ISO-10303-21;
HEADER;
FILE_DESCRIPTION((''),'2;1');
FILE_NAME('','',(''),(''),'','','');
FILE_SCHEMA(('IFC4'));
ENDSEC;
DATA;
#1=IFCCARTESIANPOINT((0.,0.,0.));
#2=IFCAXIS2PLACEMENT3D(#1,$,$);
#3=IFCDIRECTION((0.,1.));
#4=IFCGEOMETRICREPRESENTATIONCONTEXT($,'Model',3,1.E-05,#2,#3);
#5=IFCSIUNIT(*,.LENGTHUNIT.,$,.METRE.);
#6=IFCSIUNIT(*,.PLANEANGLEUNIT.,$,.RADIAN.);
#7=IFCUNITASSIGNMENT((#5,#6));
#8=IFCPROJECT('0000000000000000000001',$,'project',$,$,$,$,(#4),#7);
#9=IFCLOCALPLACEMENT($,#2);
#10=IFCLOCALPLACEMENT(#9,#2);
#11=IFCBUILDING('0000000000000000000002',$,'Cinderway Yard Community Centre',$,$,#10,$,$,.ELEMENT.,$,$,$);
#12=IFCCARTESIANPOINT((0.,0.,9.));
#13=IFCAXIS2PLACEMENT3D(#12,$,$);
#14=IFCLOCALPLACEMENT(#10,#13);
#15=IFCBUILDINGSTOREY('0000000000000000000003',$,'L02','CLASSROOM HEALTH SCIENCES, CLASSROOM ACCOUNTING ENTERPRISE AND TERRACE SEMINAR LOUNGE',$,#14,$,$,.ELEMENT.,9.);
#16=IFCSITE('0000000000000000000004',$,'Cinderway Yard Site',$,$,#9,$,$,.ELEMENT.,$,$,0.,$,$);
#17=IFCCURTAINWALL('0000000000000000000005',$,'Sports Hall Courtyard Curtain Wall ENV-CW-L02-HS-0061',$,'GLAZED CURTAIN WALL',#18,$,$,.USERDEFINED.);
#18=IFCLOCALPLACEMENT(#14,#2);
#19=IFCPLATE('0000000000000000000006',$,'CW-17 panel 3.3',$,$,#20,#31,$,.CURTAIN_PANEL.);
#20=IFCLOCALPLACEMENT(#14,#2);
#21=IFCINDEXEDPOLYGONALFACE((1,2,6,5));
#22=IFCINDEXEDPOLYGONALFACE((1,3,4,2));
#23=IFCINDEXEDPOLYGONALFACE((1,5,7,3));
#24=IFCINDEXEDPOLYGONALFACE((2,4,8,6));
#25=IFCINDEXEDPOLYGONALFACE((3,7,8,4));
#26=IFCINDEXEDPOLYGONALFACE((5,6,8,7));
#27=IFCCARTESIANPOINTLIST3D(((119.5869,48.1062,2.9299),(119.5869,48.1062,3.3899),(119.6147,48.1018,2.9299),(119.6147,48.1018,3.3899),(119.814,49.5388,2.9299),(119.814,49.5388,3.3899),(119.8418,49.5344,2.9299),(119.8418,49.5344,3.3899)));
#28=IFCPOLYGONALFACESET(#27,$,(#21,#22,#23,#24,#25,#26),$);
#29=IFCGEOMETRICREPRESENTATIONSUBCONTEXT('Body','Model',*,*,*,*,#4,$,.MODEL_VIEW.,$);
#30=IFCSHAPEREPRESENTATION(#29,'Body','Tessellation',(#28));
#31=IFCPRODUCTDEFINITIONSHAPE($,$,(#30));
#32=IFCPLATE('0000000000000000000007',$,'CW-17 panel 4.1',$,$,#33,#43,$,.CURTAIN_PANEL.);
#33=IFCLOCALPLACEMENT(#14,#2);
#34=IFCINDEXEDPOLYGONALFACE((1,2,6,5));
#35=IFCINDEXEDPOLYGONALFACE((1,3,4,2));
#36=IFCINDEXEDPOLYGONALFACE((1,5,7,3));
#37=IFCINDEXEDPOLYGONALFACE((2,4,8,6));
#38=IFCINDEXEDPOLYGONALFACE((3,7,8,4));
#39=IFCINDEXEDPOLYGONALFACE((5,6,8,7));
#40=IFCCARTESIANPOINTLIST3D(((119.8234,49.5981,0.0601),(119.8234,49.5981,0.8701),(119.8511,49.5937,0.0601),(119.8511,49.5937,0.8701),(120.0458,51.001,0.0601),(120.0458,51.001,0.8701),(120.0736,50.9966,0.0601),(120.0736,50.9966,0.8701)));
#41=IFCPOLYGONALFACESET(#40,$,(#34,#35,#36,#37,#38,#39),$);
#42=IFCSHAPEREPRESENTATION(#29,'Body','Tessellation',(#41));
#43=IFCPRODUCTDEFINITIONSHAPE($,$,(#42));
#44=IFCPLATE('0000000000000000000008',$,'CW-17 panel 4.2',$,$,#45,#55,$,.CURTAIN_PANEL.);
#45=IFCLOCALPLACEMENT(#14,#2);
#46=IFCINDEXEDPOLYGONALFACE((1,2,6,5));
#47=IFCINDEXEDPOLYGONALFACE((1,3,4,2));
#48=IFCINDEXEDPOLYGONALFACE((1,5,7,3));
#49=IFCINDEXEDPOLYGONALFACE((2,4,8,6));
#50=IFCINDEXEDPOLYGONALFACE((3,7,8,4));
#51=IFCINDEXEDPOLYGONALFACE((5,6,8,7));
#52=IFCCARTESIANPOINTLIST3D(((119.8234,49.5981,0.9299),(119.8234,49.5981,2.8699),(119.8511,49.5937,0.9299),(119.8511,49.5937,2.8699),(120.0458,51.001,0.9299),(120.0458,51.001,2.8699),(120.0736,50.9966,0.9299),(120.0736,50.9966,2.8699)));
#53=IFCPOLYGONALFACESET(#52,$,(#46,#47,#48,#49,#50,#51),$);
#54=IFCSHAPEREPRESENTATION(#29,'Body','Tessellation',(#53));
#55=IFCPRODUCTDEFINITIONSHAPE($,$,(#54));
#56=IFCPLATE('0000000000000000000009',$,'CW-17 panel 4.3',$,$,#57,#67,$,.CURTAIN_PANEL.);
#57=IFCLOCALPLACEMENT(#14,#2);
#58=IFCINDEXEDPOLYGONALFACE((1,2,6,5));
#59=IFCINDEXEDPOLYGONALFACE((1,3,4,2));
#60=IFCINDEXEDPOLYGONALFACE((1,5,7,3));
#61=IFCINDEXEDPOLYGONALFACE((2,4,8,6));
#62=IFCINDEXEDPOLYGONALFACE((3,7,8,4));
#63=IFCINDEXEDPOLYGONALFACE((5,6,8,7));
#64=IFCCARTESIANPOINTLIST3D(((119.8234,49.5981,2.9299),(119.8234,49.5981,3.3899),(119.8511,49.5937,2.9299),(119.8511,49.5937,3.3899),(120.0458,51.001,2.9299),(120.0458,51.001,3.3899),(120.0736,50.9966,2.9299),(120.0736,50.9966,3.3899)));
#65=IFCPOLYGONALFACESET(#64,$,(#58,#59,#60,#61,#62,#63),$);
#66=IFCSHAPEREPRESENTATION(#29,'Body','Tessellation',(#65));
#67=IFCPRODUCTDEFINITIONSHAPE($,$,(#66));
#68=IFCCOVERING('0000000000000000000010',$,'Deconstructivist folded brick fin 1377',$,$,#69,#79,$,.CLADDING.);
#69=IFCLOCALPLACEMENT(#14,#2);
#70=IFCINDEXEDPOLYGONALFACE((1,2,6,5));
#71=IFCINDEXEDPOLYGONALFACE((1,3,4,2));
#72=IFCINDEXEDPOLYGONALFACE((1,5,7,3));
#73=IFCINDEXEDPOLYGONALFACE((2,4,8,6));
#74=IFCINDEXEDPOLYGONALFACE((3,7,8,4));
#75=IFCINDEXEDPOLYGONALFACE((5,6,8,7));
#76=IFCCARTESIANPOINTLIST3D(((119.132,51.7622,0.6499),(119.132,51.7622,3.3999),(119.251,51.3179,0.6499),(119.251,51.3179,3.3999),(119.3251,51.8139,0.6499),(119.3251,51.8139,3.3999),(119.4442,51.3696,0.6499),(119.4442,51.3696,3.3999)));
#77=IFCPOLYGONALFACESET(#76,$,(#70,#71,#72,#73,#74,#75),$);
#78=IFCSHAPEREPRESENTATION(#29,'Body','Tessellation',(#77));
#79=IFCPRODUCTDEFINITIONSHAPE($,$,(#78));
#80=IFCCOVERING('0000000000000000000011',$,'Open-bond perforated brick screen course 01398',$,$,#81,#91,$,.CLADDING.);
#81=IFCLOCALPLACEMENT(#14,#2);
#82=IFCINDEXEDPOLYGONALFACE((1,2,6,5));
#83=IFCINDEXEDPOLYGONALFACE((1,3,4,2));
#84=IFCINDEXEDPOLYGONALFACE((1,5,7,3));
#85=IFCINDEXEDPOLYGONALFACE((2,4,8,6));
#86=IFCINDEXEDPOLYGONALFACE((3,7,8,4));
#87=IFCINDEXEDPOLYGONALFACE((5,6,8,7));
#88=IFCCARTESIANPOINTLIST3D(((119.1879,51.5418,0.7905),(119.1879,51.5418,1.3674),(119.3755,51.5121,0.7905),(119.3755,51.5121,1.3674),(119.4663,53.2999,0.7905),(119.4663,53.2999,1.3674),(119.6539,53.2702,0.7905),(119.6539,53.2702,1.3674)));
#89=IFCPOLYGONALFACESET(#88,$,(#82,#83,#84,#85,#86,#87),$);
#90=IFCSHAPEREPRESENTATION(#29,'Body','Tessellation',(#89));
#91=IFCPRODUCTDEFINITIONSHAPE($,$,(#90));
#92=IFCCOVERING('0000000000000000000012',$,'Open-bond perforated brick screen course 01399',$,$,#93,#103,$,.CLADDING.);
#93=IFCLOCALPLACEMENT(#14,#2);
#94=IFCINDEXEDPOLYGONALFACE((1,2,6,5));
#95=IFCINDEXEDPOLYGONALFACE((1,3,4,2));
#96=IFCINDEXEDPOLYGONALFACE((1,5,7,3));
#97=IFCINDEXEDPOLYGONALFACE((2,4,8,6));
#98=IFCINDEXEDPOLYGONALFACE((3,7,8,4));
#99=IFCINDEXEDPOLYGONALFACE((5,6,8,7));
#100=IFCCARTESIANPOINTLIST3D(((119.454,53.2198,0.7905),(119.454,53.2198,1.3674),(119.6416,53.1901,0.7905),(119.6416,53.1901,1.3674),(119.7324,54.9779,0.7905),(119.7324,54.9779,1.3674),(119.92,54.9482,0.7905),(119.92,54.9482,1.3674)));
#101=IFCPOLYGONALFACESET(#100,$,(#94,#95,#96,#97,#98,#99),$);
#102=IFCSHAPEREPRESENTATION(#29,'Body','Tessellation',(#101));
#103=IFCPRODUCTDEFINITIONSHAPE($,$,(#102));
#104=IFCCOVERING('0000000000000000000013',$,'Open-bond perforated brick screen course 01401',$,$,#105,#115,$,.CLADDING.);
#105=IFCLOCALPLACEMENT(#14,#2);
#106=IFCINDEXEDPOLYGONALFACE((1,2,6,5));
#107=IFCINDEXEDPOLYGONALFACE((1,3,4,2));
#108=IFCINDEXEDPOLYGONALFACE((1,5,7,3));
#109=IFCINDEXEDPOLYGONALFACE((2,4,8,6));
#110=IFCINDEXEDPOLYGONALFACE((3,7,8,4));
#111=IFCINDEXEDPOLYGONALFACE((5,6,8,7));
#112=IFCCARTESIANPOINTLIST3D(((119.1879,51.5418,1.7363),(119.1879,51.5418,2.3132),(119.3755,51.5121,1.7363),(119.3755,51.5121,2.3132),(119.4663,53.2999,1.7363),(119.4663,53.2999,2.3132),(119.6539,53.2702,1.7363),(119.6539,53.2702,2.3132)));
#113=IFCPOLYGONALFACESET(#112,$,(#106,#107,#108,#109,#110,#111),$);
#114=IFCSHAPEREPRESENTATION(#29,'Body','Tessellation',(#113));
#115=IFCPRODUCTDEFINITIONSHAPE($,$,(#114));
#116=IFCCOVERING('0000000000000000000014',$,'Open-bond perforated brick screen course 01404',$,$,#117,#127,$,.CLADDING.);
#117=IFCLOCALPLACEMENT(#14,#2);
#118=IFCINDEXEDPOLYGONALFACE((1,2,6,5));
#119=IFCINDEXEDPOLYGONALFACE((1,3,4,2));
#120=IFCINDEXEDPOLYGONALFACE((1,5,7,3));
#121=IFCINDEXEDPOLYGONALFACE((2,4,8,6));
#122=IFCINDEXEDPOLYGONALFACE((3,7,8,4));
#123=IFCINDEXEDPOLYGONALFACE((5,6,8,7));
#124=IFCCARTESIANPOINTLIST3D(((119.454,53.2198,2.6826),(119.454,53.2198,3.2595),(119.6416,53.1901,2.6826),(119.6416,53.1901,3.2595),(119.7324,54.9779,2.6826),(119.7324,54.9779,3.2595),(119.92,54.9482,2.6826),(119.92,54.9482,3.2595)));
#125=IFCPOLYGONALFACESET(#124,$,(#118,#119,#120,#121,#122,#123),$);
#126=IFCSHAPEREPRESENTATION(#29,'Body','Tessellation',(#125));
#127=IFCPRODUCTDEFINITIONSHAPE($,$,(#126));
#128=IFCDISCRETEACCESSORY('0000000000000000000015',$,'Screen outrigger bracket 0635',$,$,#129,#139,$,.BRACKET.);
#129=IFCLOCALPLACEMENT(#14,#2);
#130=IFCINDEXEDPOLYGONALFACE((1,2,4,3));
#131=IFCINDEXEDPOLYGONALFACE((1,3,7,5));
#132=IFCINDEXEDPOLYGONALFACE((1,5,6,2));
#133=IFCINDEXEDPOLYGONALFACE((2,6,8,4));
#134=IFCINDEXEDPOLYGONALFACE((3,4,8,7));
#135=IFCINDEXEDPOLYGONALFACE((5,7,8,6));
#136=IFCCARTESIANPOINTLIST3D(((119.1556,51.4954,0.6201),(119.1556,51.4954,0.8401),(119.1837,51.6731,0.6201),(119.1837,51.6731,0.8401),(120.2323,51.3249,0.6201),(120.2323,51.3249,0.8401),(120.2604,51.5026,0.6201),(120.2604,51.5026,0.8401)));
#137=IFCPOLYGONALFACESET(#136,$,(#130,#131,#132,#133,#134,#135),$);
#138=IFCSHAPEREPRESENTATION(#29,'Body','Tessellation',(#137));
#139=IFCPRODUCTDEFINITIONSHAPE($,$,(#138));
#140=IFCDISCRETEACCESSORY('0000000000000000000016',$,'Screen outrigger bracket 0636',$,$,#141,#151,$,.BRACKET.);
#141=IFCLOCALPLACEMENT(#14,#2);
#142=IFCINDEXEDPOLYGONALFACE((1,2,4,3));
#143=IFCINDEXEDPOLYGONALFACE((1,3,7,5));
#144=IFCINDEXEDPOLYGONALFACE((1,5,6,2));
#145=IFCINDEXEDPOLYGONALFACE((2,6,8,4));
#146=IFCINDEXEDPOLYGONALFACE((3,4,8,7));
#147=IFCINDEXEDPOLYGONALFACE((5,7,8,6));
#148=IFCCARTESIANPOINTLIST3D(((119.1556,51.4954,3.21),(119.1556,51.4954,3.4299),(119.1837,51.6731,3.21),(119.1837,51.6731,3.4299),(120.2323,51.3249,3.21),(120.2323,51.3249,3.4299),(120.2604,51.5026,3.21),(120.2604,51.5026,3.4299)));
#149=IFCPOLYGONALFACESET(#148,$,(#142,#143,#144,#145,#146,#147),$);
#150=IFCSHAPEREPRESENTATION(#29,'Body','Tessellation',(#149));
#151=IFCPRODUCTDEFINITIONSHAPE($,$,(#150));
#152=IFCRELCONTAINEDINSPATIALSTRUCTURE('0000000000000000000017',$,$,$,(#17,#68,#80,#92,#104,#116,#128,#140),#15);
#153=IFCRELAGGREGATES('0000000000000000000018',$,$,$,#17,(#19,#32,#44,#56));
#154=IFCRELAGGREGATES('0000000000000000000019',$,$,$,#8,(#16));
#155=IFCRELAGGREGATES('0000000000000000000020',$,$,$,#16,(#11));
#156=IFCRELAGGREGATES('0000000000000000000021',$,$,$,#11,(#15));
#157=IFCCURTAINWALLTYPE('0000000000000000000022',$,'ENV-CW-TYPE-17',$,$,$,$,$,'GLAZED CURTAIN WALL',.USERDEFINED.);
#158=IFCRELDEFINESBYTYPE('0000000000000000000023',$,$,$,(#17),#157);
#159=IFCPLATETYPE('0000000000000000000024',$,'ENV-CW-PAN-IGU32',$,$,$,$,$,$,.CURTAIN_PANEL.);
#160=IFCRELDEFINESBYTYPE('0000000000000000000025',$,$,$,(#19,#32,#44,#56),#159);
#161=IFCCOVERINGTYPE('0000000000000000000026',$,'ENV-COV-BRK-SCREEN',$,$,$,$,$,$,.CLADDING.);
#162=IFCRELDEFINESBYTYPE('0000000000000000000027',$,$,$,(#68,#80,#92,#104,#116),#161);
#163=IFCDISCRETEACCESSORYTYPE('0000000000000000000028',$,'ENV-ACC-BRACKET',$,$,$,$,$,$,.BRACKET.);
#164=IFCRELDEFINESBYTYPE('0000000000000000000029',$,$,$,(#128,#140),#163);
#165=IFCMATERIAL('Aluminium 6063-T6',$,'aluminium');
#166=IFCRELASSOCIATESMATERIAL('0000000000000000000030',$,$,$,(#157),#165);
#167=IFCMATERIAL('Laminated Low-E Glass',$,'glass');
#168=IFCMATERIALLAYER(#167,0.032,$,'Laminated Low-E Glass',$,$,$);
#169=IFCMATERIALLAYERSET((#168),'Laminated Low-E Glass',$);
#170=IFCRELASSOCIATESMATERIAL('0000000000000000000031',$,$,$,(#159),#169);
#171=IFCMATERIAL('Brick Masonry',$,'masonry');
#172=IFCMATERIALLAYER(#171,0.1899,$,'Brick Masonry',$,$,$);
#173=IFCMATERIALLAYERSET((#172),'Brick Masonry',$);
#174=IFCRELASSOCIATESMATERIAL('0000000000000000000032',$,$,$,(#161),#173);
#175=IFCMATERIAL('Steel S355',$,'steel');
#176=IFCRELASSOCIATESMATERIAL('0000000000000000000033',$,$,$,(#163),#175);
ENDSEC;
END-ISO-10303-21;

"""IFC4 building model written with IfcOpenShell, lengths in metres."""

from ifc_helpers import new_model, si_unit, direction, frame, origin, origin_2d, place, context, subcontext, project, spatial, rectangle, extrude, material, layer, layer_set, type_object, element, aggregate, save


model = new_model("IFC4")

# Units and contexts
model_context = context("Model", 3, precision=1e-05, world=origin(), true_north=direction((0.0, 1.0)))
body_context = subcontext(model_context, "Body", "Model", "MODEL_VIEW")
ifc_project = project(units=[si_unit("LENGTHUNIT", "METRE"), si_unit("PLANEANGLEUNIT", "RADIAN")], contexts=[model_context])

# Site, building, storey
site_placement = place(None, origin())
site = spatial("IfcSite", under=ifc_project, at=site_placement, Name="Cinderway Yard Site", CompositionType="ELEMENT", RefElevation=0.0)
building_placement = place(site_placement, origin())
building = spatial("IfcBuilding", under=site, at=building_placement, Name="Cinderway Yard Community Centre", CompositionType="ELEMENT")
storey_placement = place(building_placement, frame((0.0, 0.0, 9.0)))
storey = spatial("IfcBuildingStorey", under=building, at=storey_placement, Name="L02", Description="CLASSROOM HEALTH SCIENCES, CLASSROOM ACCOUNTING ENTERPRISE AND TERRACE SEMINAR LOUNGE", CompositionType="ELEMENT", Elevation=9.0)

# Curtain wall
ifc_material_1 = material(Name="Aluminium 6063-T6", Category="aluminium")
curtain_wall_type = type_object("IfcCurtainWallType", Name="ENV-CW-TYPE-17", ElementType="GLAZED CURTAIN WALL", PredefinedType="USERDEFINED", material=ifc_material_1)
curtain_wall_placement = place(storey_placement, origin())
curtain_wall = element("IfcCurtainWall", 1, at=curtain_wall_placement, inside=storey, type_object=curtain_wall_type, Name="Sports Hall Courtyard Curtain Wall ENV-CW-L02-HS-0061", ObjectType="GLAZED CURTAIN WALL", PredefinedType="USERDEFINED")

# Shared definitions
ifc_material_2 = material(Name="Steel S355", Category="steel")

# Plates
ifc_material_3 = material(Name="Laminated Low-E Glass", Category="glass")
ifc_layer_1 = layer(ifc_material_3, 0.032, Name="Laminated Low-E Glass")
ifc_layer_set_1 = layer_set([ifc_layer_1], Name="Laminated Low-E Glass")
plate_type = type_object("IfcPlateType", Name="ENV-CW-PAN-IGU32", PredefinedType="CURTAIN_PANEL", material=ifc_layer_set_1)
plate_1_placement = place(storey_placement, frame((119.7144, 48.8203, 2.9299), z_axis=(0.0, 0.0, 1.0), x_axis=(0.156583, 0.987665, 0.0)))
plate_1 = element("IfcPlate", 2, at=plate_1_placement, type_object=plate_type, Name="CW-17 panel 3.3", PredefinedType="CURTAIN_PANEL", context=body_context, shape_type="SweptSolid", body=[
    extrude(rectangle(XDim=1.4504, YDim=0.0281, at=origin_2d()), origin(), (0.0, 0.0, 1.0), 0.46),
])
plate_2_placement = place(storey_placement, frame((119.9485, 50.2974, 0.0601), z_axis=(0.0, 0.0, 1.0), x_axis=(0.156583, 0.987665, 0.0)))
plate_2 = element("IfcPlate", 3, at=plate_2_placement, type_object=plate_type, Name="CW-17 panel 4.1", PredefinedType="CURTAIN_PANEL", context=body_context, shape_type="SweptSolid", body=[
    extrude(rectangle(XDim=1.4204, YDim=0.0281, at=origin_2d()), origin(), (0.0, 0.0, 1.0), 0.8101),
])
plate_3_placement = place(storey_placement, frame((119.9485, 50.2974, 0.9299), z_axis=(0.0, 0.0, 1.0), x_axis=(0.156583, 0.987665, 0.0)))
plate_3 = element("IfcPlate", 4, at=plate_3_placement, type_object=plate_type, Name="CW-17 panel 4.2", PredefinedType="CURTAIN_PANEL", context=body_context, shape_type="SweptSolid", body=[
    extrude(rectangle(XDim=1.4204, YDim=0.0281, at=origin_2d()), origin(), (0.0, 0.0, 1.0), 1.9399),
])
plate_4_placement = place(storey_placement, frame((119.9485, 50.2974, 2.9299), z_axis=(0.0, 0.0, 1.0), x_axis=(0.156583, 0.987665, 0.0)))
plate_4 = element("IfcPlate", 5, at=plate_4_placement, type_object=plate_type, Name="CW-17 panel 4.3", PredefinedType="CURTAIN_PANEL", context=body_context, shape_type="SweptSolid", body=[
    extrude(rectangle(XDim=1.4204, YDim=0.0281, at=origin_2d()), origin(), (0.0, 0.0, 1.0), 0.46),
])
aggregate(curtain_wall, [plate_1, plate_2, plate_3, plate_4])

# Coverings
ifc_material_4 = material(Name="Brick Masonry", Category="masonry")
ifc_layer_2 = layer(ifc_material_4, 0.1899, Name="Brick Masonry")
ifc_layer_set_2 = layer_set([ifc_layer_2], Name="Brick Masonry")
covering_type = type_object("IfcCoveringType", Name="ENV-COV-BRK-SCREEN", PredefinedType="CLADDING", material=ifc_layer_set_2)
covering_placement = place(storey_placement, frame((119.2881, 51.5659, 0.6499), z_axis=(0.0, 0.0, 1.0), x_axis=(-0.258819, 0.965926, 0.0)))
element("IfcCovering", 6, at=covering_placement, inside=storey, type_object=covering_type, Name="Deconstructivist folded brick fin 1377", PredefinedType="CLADDING", context=body_context, shape_type="SweptSolid", body=[
    extrude(rectangle(XDim=0.46, YDim=0.2, at=origin_2d()), origin(), (0.0, 0.0, 1.0), 2.75),
])
for number, where, z_axis, x_axis, name in (
    (7, (119.4209, 52.406, 0.7905), (0.0, 0.0, 1.0), (0.156434, 0.987688, 0.0), "Open-bond perforated brick screen course 01398"),
    (8, (119.687, 54.084, 0.7905), (0.0, 0.0, 1.0), (0.156434, 0.987688, 0.0), "Open-bond perforated brick screen course 01399"),
    (9, (119.4209, 52.406, 1.7363), (0.0, 0.0, 1.0), (0.156434, 0.987688, 0.0), "Open-bond perforated brick screen course 01401"),
    (10, (119.687, 54.084, 2.6826), (0.0, 0.0, 1.0), (0.156434, 0.987688, 0.0), "Open-bond perforated brick screen course 01404"),
):
    element("IfcCovering", number, at=place(storey_placement, frame(where, z_axis=z_axis, x_axis=x_axis)), inside=storey, type_object=covering_type, Name=name, PredefinedType="CLADDING", context=body_context, shape_type="SweptSolid", body=[
        extrude(rectangle(XDim=1.78, YDim=0.1899, at=origin_2d()), origin(), (0.0, 0.0, 1.0), 0.5769),
    ])

# Discrete accessories
discrete_accessory_type = type_object("IfcDiscreteAccessoryType", Name="ENV-ACC-BRACKET", PredefinedType="BRACKET", material=ifc_material_2)
for number, where, z_axis, x_axis, name in (
    (11, (119.708, 51.499, 0.6201), (0.0, 0.0, 1.0), (-0.987688, 0.156434, 0.0), "Screen outrigger bracket 0635"),
    (12, (119.708, 51.499, 3.21), (0.0, 0.0, 1.0), (-0.987688, 0.156434, 0.0), "Screen outrigger bracket 0636"),
):
    element("IfcDiscreteAccessory", number, at=place(storey_placement, frame(where, z_axis=z_axis, x_axis=x_axis)), inside=storey, type_object=discrete_accessory_type, Name=name, PredefinedType="BRACKET", context=body_context, shape_type="SweptSolid", body=[
        extrude(rectangle(XDim=1.0901, YDim=0.1799, at=origin_2d()), origin(), (0.0, 0.0, 1.0), 0.22),
    ])

save(model, "model.ifc")
